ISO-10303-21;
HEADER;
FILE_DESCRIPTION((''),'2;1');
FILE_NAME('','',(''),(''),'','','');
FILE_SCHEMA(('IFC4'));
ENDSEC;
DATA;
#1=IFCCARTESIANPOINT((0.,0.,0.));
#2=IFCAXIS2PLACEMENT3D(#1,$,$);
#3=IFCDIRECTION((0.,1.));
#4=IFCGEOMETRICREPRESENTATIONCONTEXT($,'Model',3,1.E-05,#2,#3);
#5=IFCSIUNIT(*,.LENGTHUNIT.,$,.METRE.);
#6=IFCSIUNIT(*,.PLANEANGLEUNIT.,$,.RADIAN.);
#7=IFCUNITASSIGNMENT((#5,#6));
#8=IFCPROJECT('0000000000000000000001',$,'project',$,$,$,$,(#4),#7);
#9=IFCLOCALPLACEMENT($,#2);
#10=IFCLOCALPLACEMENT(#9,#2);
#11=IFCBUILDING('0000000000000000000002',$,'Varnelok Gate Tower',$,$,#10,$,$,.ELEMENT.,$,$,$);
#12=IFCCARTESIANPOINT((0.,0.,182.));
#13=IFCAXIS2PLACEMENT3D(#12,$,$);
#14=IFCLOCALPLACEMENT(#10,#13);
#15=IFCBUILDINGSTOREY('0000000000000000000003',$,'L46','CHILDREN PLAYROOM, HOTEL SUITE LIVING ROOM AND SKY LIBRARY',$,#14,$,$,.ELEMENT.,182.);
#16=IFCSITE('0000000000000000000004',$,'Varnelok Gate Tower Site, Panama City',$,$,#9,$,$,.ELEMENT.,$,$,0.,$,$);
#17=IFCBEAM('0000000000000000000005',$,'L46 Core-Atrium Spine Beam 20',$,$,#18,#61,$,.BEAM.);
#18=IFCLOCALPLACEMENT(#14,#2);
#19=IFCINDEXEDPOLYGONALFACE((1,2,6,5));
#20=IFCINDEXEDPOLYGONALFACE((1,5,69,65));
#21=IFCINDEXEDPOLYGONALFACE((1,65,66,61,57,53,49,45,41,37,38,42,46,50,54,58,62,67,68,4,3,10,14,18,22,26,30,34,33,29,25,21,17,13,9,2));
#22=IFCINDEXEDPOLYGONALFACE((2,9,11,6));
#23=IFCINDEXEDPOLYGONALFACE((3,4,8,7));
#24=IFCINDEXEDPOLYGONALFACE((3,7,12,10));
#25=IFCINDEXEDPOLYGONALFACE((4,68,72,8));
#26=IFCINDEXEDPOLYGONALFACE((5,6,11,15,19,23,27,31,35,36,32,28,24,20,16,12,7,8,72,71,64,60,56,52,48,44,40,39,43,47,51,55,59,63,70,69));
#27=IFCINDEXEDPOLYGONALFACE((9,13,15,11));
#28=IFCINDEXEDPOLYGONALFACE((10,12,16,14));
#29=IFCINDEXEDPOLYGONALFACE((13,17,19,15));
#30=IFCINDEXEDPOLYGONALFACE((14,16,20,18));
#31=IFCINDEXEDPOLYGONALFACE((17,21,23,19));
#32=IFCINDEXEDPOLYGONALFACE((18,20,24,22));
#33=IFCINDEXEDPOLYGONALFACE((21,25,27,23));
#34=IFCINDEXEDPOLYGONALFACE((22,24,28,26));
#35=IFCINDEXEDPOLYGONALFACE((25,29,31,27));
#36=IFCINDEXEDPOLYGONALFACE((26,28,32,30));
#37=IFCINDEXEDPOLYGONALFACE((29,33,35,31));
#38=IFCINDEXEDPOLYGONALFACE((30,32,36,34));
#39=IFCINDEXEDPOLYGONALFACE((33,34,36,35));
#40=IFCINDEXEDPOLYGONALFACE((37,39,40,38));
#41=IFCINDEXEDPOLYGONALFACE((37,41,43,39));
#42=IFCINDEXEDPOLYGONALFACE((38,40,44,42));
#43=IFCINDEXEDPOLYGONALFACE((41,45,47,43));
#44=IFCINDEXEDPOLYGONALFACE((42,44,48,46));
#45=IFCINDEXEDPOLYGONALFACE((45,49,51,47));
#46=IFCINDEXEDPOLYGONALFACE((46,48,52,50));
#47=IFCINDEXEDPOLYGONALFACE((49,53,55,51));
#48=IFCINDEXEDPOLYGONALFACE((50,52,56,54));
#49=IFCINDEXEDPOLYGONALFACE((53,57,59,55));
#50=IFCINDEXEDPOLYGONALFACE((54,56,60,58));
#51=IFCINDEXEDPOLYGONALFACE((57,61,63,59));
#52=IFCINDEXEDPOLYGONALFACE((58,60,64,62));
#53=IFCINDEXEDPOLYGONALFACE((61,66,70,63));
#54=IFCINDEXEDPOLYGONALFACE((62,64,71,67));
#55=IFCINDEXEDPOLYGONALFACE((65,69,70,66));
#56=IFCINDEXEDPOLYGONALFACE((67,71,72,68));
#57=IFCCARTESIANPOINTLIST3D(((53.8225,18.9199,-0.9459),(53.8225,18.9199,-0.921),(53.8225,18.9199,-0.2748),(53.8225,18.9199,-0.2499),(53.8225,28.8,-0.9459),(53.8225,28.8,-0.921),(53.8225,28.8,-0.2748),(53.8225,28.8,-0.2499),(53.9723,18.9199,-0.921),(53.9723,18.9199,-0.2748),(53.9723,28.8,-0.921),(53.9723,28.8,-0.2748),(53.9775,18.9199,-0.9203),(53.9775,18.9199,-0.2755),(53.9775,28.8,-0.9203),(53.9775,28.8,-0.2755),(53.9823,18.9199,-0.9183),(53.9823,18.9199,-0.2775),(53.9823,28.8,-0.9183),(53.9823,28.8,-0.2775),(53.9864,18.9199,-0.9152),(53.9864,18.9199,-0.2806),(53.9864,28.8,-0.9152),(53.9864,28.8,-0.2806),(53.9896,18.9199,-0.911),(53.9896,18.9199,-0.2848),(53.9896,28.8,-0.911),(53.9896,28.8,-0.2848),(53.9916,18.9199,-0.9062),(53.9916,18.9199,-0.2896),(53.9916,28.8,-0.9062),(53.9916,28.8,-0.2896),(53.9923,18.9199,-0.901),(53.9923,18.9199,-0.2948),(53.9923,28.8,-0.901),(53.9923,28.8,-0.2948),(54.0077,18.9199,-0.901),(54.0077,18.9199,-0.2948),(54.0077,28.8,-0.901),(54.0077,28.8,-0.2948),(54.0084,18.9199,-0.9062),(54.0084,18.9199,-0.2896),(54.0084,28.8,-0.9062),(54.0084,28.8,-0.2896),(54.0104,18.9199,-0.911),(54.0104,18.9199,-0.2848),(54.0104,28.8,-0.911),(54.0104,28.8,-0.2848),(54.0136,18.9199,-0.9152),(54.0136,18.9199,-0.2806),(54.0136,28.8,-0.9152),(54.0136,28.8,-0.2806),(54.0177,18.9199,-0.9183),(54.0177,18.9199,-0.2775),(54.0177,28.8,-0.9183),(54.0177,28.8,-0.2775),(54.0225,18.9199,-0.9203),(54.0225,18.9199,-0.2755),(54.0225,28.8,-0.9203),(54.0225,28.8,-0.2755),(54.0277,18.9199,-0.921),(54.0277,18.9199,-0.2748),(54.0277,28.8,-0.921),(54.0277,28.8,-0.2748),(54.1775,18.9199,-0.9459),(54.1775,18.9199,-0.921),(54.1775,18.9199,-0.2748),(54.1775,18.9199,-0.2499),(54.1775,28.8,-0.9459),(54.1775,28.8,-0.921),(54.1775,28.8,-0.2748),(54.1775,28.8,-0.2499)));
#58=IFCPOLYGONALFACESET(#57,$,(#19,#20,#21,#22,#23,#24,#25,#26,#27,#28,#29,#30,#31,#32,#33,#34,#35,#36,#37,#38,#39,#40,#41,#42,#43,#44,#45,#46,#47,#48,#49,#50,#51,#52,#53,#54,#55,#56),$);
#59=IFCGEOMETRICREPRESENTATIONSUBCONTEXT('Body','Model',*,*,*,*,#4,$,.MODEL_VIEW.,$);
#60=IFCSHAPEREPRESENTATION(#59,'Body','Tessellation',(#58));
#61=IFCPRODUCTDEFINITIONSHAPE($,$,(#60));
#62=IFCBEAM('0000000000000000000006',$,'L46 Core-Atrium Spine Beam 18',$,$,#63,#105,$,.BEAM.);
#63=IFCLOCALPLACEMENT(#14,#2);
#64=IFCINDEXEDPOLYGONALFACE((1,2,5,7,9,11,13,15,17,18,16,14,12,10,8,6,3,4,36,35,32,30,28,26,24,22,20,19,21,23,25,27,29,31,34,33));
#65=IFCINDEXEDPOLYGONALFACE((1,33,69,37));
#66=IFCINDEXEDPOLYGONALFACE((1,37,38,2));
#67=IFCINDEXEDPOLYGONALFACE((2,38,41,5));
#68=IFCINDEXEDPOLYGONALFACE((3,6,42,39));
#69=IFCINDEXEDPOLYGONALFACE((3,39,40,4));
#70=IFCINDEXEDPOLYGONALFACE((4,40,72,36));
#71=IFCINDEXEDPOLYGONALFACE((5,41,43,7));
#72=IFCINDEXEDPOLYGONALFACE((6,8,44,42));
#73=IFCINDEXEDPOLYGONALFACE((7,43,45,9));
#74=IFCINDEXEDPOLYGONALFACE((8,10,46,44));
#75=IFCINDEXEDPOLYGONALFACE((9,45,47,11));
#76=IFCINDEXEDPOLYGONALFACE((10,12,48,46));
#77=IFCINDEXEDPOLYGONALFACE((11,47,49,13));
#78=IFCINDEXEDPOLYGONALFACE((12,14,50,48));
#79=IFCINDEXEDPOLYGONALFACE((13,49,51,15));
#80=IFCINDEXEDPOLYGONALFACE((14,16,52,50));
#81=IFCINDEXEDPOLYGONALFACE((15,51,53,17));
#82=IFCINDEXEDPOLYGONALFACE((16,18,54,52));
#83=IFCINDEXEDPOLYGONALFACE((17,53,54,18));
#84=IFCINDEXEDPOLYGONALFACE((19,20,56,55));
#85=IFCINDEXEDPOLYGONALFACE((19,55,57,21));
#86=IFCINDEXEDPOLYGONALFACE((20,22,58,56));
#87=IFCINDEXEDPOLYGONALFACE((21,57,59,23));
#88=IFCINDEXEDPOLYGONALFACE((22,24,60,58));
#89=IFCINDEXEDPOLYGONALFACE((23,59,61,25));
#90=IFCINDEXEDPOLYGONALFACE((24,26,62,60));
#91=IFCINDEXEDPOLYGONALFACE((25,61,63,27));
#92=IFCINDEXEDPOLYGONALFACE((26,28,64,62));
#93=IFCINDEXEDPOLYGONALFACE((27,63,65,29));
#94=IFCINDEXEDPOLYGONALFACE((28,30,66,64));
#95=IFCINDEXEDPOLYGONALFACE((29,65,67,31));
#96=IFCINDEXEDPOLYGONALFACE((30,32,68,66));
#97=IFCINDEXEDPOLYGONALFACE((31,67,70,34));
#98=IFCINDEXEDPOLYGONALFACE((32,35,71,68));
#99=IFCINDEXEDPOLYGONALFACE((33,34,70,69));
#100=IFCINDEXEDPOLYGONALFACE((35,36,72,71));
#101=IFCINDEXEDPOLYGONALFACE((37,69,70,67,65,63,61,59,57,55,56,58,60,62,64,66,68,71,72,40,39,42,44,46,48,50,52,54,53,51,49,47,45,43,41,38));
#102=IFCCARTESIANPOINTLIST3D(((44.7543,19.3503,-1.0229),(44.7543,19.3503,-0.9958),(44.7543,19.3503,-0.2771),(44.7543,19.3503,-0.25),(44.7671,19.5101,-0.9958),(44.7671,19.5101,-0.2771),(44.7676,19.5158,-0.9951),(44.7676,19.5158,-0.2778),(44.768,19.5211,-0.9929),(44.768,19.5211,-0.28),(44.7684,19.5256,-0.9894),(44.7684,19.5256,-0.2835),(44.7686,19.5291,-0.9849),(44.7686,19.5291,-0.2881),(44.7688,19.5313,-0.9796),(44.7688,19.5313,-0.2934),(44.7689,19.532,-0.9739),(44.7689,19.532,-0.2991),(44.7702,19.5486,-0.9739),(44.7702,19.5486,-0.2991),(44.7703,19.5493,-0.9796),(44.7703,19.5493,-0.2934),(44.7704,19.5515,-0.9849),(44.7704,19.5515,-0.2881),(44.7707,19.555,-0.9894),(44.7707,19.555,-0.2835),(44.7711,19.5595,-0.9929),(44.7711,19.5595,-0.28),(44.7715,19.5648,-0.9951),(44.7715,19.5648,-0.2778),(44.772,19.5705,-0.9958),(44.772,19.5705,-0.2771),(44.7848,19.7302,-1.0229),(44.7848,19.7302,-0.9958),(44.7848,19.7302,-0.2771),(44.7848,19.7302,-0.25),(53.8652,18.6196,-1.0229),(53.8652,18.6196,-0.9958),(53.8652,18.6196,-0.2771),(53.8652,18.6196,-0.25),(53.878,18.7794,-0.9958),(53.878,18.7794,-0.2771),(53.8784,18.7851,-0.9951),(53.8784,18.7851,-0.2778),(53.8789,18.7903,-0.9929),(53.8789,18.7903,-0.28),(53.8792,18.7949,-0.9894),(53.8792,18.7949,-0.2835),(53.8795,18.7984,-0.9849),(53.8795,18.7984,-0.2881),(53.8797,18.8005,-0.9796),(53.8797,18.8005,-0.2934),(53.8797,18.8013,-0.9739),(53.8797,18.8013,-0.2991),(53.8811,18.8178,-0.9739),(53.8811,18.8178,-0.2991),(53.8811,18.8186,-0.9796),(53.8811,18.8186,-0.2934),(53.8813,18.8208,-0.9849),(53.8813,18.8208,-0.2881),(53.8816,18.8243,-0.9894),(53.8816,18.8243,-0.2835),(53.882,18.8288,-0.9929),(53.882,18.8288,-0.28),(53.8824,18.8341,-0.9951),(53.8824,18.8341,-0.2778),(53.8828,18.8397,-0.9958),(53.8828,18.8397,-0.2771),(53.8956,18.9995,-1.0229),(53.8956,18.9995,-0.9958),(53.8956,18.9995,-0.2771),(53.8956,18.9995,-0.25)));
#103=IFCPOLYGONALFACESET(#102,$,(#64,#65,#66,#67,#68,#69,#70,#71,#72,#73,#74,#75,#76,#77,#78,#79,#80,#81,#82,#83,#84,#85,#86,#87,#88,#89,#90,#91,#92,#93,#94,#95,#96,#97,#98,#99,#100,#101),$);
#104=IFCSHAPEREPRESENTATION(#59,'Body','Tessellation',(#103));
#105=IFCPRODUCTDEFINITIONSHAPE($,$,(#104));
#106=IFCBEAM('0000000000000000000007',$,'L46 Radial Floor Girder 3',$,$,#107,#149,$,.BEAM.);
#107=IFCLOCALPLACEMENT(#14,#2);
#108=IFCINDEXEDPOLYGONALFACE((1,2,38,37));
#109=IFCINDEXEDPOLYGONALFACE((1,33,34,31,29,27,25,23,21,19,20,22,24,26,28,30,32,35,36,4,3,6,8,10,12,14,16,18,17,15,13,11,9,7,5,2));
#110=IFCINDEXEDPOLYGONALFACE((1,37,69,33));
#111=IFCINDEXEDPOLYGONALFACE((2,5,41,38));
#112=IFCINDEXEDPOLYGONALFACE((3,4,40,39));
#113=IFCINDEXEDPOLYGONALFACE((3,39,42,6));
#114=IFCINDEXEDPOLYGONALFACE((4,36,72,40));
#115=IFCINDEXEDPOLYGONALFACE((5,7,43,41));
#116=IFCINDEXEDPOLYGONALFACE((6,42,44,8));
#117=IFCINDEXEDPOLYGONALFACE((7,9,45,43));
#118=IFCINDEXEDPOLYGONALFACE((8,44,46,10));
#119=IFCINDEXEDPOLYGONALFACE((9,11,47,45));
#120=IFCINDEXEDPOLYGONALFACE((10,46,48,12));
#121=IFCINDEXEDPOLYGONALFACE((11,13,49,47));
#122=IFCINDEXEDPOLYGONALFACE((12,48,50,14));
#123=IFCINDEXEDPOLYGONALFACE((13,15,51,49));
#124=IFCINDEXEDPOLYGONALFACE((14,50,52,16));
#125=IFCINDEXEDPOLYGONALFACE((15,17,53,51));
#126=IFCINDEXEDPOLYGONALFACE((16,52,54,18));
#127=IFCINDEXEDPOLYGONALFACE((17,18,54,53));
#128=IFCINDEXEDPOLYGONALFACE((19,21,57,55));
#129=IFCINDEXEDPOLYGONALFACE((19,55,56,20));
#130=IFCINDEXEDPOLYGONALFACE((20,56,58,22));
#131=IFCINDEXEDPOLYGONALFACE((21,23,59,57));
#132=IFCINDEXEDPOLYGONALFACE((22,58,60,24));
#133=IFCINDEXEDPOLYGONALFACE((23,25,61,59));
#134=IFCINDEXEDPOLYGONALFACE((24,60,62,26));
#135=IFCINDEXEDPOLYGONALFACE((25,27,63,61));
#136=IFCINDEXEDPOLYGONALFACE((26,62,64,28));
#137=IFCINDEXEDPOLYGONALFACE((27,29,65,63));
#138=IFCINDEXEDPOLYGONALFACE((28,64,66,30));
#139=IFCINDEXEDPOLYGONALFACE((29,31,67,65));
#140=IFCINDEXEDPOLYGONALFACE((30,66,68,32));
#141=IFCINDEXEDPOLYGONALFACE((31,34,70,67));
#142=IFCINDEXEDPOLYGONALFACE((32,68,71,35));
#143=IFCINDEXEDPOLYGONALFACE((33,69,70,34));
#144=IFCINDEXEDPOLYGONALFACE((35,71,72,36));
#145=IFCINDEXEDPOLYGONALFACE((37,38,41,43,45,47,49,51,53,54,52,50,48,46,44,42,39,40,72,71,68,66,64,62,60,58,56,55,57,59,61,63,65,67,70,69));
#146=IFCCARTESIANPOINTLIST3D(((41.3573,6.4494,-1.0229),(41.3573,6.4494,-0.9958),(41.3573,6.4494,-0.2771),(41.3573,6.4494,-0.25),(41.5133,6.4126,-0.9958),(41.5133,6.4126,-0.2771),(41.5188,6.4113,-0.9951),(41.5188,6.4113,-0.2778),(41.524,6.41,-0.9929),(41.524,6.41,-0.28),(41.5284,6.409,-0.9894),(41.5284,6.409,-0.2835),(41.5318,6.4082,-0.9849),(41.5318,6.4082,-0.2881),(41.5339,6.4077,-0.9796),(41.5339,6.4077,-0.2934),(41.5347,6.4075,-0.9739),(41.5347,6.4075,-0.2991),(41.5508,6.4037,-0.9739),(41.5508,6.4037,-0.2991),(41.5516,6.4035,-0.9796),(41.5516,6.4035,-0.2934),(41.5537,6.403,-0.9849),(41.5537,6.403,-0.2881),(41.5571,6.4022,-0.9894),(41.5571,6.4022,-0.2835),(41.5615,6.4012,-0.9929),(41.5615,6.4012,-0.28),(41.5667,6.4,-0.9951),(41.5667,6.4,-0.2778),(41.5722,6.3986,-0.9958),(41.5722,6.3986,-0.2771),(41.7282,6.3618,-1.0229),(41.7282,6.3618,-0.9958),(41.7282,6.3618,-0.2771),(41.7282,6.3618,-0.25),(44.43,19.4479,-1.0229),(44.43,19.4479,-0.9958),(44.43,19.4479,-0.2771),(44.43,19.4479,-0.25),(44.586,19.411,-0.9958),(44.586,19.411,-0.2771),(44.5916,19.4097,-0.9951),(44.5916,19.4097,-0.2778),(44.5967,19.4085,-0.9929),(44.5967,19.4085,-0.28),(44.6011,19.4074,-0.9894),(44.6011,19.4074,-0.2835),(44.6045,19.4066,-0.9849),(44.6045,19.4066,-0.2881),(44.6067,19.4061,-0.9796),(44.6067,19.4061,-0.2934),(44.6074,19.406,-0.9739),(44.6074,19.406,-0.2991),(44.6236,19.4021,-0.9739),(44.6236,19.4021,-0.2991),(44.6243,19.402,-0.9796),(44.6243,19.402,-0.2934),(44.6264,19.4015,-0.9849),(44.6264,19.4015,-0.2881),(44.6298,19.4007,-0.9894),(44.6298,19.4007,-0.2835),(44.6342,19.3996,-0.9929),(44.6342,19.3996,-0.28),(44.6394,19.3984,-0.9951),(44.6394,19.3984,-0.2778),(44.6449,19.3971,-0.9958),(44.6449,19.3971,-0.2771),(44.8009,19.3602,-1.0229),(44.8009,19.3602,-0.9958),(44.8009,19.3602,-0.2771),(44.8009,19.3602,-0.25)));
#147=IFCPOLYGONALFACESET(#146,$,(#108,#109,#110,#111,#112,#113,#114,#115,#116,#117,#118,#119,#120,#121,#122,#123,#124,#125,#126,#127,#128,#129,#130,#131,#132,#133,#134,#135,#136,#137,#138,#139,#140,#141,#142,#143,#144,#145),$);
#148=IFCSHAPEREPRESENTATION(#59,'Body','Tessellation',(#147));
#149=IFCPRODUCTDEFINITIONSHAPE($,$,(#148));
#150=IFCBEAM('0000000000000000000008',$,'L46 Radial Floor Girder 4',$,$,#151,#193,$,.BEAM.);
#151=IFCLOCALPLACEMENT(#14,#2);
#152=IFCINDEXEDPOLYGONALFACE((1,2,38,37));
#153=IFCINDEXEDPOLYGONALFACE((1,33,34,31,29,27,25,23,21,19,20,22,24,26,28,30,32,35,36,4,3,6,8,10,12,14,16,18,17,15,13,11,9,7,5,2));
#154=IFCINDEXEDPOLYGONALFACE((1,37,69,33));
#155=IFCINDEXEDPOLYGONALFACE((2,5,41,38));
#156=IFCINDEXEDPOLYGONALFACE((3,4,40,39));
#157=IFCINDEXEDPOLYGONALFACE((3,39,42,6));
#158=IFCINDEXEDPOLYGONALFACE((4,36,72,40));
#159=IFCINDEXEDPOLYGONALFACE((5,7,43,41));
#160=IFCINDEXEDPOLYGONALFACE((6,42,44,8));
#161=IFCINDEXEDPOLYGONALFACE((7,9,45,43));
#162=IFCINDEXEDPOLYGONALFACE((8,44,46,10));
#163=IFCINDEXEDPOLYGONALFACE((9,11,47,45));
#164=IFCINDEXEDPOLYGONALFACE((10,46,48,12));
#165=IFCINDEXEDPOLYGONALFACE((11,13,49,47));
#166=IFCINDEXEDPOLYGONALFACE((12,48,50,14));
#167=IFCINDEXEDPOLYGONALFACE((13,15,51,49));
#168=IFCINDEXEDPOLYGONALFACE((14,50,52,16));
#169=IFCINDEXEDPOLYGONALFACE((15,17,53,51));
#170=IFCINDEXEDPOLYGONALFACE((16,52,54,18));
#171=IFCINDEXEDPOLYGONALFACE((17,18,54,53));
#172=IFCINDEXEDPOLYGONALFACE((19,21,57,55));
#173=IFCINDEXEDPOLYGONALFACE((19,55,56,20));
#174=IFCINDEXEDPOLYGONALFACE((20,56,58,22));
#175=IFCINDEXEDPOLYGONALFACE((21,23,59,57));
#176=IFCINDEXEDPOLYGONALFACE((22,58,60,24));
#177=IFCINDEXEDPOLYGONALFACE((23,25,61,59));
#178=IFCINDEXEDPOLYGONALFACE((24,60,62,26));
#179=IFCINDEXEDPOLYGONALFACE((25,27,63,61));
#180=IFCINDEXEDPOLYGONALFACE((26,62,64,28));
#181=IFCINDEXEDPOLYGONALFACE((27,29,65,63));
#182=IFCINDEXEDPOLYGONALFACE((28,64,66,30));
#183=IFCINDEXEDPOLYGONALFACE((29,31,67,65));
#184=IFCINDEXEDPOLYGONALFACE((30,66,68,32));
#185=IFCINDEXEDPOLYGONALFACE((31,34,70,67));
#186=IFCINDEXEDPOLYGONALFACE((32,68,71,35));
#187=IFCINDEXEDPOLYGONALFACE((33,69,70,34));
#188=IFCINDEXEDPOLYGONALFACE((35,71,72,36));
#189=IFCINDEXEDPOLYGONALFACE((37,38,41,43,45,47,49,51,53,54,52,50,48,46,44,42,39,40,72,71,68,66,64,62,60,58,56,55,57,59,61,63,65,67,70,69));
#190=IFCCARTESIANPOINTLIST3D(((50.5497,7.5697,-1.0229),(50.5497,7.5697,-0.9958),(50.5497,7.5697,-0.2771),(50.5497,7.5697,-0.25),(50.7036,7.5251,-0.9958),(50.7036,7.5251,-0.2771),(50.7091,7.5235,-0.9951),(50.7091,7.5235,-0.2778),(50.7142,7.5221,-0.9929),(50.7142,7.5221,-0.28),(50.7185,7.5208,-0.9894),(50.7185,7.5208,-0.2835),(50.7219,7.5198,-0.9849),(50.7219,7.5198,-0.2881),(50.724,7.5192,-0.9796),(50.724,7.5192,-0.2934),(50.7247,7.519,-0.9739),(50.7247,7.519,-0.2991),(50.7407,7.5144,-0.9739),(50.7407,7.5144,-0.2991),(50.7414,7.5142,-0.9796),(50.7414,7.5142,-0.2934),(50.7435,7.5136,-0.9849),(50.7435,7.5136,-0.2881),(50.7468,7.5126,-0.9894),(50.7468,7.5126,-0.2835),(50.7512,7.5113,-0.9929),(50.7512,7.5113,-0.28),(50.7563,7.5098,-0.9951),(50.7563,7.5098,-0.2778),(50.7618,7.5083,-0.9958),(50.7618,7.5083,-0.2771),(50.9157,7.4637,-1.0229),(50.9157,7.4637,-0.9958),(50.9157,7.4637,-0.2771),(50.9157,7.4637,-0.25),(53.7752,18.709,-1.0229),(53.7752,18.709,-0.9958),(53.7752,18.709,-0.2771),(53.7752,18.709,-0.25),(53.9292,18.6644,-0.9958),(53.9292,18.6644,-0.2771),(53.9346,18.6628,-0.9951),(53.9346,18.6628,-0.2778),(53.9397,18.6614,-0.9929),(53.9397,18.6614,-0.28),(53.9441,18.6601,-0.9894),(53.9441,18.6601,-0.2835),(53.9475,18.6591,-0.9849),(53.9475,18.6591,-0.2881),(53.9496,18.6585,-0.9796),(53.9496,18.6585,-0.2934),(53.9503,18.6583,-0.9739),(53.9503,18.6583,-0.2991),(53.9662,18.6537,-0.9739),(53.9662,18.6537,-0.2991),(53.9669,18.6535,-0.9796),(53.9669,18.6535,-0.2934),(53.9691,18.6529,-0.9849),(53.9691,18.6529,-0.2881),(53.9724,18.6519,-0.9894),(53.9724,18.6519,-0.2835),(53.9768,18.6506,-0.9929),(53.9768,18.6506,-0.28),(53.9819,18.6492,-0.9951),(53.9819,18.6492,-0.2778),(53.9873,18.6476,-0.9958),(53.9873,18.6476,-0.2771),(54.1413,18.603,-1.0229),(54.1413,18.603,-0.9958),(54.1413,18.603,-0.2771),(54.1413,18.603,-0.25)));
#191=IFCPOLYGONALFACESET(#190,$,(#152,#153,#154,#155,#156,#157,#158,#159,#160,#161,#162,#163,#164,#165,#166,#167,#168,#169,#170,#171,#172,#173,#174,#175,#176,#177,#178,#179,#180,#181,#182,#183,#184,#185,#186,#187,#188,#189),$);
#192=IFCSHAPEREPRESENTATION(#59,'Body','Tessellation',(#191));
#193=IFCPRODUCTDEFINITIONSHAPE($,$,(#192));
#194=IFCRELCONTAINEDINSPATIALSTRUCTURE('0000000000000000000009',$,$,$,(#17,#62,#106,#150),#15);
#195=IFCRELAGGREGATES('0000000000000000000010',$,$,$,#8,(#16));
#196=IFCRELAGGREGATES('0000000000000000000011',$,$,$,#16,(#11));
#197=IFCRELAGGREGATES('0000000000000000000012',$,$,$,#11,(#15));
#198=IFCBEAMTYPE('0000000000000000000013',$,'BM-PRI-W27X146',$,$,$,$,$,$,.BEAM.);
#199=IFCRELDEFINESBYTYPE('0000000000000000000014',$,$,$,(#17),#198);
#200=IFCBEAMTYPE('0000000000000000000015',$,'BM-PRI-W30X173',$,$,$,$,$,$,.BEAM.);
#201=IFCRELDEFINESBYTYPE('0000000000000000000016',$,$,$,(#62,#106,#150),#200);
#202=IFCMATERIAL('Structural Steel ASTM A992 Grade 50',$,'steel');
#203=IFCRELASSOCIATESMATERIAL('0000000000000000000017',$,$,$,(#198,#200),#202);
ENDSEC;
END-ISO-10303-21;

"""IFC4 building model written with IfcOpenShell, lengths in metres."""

from ifc_helpers import new_model, si_unit, direction, frame, origin, origin_2d, place, context, subcontext, project, spatial, i_section, extrude, material, material_profile, profile_set, type_object, element, save


model = new_model("IFC4")

# Units and contexts
model_context = context("Model", 3, precision=1e-05, world=origin(), true_north=direction((0.0, 1.0)))
body_context = subcontext(model_context, "Body", "Model", "MODEL_VIEW")
ifc_project = project(units=[si_unit("LENGTHUNIT", "METRE"), si_unit("PLANEANGLEUNIT", "RADIAN")], contexts=[model_context])

# Site, building, storey
site_placement = place(None, origin())
site = spatial("IfcSite", under=ifc_project, at=site_placement, Name="Varnelok Gate Tower Site, Panama City", CompositionType="ELEMENT", RefElevation=0.0)
building_placement = place(site_placement, origin())
building = spatial("IfcBuilding", under=site, at=building_placement, Name="Varnelok Gate Tower", CompositionType="ELEMENT")
storey_placement = place(building_placement, frame((0.0, 0.0, 182.0)))
storey = spatial("IfcBuildingStorey", under=building, at=storey_placement, Name="L46", Description="CHILDREN PLAYROOM, HOTEL SUITE LIVING ROOM AND SKY LIBRARY", CompositionType="ELEMENT", Elevation=182.0)

# Shared definitions
ifc_material_1 = material(Name="Structural Steel ASTM A992 Grade 50", Category="steel")

# Beams
ifc_material_profile_1 = material_profile(ifc_material_1, i_section(OverallWidth=0.355, OverallDepth=0.696, WebThickness=0.0154, FlangeThickness=0.0249, FilletRadius=0.02, at=origin_2d()), Name="W27X146")
ifc_profile_set_1 = profile_set([ifc_material_profile_1], Name="Structural Steel ASTM A992 Grade 50")
beam_type_1 = type_object("IfcBeamType", Name="BM-PRI-W27X146", PredefinedType="BEAM", material=ifc_profile_set_1)
beam_1_placement = place(storey_placement, frame((54.0, 18.9199, -0.5979), z_axis=(0.0, 1.0, 0.0), x_axis=(-1.0, 0.0, 0.0)))
element("IfcBeam", 1, at=beam_1_placement, inside=storey, type_object=beam_type_1, Name="L46 Core-Atrium Spine Beam 20", PredefinedType="BEAM", context=body_context, shape_type="SweptSolid", body=[
    extrude(i_section(OverallWidth=0.355, OverallDepth=0.696, WebThickness=0.0154, FlangeThickness=0.0249, FilletRadius=0.02, at=origin_2d()), origin(), (0.0, 0.0, 1.0), 9.8801),
])
ifc_material_profile_2 = material_profile(ifc_material_1, i_section(OverallWidth=0.3811, OverallDepth=0.7729, WebThickness=0.0166, FlangeThickness=0.0271, FilletRadius=0.022, at=origin_2d()), Name="W30X173")
ifc_profile_set_2 = profile_set([ifc_material_profile_2], Name="Structural Steel ASTM A992 Grade 50")
beam_type_2 = type_object("IfcBeamType", Name="BM-PRI-W30X173", PredefinedType="BEAM", material=ifc_profile_set_2)
beam_2_placement = place(storey_placement, frame((44.7695, 19.5403, -0.6365), z_axis=(0.996799, -0.079946, 0.0), x_axis=(0.079946, 0.996799, 0.0)))
element("IfcBeam", 2, at=beam_2_placement, inside=storey, type_object=beam_type_2, Name="L46 Core-Atrium Spine Beam 18", PredefinedType="BEAM", context=body_context, shape_type="SweptSolid", body=[
    extrude(i_section(OverallWidth=0.3811, OverallDepth=0.7729, WebThickness=0.0166, FlangeThickness=0.0271, FilletRadius=0.022, at=origin_2d()), origin(), (0.0, 0.0, 1.0), 9.1401),
])
beam_3_placement = place(storey_placement, frame((44.6155, 19.4041, -0.6365), z_axis=(-0.230052, -0.973178, 0.0), x_axis=(0.973178, -0.230052, 0.0)))
element("IfcBeam", 3, at=beam_3_placement, inside=storey, type_object=beam_type_2, Name="L46 Radial Floor Girder 3", PredefinedType="BEAM", context=body_context, shape_type="SweptSolid", body=[
    extrude(i_section(OverallWidth=0.3811, OverallDepth=0.7729, WebThickness=0.0166, FlangeThickness=0.0271, FilletRadius=0.022, at=origin_2d()), origin(), (0.0, 0.0, 1.0), 13.3567),
])
beam_4_placement = place(storey_placement, frame((53.9583, 18.656, -0.6365), z_axis=(-0.278139, -0.960541, 0.0), x_axis=(0.960541, -0.278139, 0.0)))
element("IfcBeam", 4, at=beam_4_placement, inside=storey, type_object=beam_type_2, Name="L46 Radial Floor Girder 4", PredefinedType="BEAM", context=body_context, shape_type="SweptSolid", body=[
    extrude(i_section(OverallWidth=0.3811, OverallDepth=0.7729, WebThickness=0.0166, FlangeThickness=0.0271, FilletRadius=0.022, at=origin_2d()), origin(), (0.0, 0.0, 1.0), 11.5969),
])

save(model, "model.ifc")
